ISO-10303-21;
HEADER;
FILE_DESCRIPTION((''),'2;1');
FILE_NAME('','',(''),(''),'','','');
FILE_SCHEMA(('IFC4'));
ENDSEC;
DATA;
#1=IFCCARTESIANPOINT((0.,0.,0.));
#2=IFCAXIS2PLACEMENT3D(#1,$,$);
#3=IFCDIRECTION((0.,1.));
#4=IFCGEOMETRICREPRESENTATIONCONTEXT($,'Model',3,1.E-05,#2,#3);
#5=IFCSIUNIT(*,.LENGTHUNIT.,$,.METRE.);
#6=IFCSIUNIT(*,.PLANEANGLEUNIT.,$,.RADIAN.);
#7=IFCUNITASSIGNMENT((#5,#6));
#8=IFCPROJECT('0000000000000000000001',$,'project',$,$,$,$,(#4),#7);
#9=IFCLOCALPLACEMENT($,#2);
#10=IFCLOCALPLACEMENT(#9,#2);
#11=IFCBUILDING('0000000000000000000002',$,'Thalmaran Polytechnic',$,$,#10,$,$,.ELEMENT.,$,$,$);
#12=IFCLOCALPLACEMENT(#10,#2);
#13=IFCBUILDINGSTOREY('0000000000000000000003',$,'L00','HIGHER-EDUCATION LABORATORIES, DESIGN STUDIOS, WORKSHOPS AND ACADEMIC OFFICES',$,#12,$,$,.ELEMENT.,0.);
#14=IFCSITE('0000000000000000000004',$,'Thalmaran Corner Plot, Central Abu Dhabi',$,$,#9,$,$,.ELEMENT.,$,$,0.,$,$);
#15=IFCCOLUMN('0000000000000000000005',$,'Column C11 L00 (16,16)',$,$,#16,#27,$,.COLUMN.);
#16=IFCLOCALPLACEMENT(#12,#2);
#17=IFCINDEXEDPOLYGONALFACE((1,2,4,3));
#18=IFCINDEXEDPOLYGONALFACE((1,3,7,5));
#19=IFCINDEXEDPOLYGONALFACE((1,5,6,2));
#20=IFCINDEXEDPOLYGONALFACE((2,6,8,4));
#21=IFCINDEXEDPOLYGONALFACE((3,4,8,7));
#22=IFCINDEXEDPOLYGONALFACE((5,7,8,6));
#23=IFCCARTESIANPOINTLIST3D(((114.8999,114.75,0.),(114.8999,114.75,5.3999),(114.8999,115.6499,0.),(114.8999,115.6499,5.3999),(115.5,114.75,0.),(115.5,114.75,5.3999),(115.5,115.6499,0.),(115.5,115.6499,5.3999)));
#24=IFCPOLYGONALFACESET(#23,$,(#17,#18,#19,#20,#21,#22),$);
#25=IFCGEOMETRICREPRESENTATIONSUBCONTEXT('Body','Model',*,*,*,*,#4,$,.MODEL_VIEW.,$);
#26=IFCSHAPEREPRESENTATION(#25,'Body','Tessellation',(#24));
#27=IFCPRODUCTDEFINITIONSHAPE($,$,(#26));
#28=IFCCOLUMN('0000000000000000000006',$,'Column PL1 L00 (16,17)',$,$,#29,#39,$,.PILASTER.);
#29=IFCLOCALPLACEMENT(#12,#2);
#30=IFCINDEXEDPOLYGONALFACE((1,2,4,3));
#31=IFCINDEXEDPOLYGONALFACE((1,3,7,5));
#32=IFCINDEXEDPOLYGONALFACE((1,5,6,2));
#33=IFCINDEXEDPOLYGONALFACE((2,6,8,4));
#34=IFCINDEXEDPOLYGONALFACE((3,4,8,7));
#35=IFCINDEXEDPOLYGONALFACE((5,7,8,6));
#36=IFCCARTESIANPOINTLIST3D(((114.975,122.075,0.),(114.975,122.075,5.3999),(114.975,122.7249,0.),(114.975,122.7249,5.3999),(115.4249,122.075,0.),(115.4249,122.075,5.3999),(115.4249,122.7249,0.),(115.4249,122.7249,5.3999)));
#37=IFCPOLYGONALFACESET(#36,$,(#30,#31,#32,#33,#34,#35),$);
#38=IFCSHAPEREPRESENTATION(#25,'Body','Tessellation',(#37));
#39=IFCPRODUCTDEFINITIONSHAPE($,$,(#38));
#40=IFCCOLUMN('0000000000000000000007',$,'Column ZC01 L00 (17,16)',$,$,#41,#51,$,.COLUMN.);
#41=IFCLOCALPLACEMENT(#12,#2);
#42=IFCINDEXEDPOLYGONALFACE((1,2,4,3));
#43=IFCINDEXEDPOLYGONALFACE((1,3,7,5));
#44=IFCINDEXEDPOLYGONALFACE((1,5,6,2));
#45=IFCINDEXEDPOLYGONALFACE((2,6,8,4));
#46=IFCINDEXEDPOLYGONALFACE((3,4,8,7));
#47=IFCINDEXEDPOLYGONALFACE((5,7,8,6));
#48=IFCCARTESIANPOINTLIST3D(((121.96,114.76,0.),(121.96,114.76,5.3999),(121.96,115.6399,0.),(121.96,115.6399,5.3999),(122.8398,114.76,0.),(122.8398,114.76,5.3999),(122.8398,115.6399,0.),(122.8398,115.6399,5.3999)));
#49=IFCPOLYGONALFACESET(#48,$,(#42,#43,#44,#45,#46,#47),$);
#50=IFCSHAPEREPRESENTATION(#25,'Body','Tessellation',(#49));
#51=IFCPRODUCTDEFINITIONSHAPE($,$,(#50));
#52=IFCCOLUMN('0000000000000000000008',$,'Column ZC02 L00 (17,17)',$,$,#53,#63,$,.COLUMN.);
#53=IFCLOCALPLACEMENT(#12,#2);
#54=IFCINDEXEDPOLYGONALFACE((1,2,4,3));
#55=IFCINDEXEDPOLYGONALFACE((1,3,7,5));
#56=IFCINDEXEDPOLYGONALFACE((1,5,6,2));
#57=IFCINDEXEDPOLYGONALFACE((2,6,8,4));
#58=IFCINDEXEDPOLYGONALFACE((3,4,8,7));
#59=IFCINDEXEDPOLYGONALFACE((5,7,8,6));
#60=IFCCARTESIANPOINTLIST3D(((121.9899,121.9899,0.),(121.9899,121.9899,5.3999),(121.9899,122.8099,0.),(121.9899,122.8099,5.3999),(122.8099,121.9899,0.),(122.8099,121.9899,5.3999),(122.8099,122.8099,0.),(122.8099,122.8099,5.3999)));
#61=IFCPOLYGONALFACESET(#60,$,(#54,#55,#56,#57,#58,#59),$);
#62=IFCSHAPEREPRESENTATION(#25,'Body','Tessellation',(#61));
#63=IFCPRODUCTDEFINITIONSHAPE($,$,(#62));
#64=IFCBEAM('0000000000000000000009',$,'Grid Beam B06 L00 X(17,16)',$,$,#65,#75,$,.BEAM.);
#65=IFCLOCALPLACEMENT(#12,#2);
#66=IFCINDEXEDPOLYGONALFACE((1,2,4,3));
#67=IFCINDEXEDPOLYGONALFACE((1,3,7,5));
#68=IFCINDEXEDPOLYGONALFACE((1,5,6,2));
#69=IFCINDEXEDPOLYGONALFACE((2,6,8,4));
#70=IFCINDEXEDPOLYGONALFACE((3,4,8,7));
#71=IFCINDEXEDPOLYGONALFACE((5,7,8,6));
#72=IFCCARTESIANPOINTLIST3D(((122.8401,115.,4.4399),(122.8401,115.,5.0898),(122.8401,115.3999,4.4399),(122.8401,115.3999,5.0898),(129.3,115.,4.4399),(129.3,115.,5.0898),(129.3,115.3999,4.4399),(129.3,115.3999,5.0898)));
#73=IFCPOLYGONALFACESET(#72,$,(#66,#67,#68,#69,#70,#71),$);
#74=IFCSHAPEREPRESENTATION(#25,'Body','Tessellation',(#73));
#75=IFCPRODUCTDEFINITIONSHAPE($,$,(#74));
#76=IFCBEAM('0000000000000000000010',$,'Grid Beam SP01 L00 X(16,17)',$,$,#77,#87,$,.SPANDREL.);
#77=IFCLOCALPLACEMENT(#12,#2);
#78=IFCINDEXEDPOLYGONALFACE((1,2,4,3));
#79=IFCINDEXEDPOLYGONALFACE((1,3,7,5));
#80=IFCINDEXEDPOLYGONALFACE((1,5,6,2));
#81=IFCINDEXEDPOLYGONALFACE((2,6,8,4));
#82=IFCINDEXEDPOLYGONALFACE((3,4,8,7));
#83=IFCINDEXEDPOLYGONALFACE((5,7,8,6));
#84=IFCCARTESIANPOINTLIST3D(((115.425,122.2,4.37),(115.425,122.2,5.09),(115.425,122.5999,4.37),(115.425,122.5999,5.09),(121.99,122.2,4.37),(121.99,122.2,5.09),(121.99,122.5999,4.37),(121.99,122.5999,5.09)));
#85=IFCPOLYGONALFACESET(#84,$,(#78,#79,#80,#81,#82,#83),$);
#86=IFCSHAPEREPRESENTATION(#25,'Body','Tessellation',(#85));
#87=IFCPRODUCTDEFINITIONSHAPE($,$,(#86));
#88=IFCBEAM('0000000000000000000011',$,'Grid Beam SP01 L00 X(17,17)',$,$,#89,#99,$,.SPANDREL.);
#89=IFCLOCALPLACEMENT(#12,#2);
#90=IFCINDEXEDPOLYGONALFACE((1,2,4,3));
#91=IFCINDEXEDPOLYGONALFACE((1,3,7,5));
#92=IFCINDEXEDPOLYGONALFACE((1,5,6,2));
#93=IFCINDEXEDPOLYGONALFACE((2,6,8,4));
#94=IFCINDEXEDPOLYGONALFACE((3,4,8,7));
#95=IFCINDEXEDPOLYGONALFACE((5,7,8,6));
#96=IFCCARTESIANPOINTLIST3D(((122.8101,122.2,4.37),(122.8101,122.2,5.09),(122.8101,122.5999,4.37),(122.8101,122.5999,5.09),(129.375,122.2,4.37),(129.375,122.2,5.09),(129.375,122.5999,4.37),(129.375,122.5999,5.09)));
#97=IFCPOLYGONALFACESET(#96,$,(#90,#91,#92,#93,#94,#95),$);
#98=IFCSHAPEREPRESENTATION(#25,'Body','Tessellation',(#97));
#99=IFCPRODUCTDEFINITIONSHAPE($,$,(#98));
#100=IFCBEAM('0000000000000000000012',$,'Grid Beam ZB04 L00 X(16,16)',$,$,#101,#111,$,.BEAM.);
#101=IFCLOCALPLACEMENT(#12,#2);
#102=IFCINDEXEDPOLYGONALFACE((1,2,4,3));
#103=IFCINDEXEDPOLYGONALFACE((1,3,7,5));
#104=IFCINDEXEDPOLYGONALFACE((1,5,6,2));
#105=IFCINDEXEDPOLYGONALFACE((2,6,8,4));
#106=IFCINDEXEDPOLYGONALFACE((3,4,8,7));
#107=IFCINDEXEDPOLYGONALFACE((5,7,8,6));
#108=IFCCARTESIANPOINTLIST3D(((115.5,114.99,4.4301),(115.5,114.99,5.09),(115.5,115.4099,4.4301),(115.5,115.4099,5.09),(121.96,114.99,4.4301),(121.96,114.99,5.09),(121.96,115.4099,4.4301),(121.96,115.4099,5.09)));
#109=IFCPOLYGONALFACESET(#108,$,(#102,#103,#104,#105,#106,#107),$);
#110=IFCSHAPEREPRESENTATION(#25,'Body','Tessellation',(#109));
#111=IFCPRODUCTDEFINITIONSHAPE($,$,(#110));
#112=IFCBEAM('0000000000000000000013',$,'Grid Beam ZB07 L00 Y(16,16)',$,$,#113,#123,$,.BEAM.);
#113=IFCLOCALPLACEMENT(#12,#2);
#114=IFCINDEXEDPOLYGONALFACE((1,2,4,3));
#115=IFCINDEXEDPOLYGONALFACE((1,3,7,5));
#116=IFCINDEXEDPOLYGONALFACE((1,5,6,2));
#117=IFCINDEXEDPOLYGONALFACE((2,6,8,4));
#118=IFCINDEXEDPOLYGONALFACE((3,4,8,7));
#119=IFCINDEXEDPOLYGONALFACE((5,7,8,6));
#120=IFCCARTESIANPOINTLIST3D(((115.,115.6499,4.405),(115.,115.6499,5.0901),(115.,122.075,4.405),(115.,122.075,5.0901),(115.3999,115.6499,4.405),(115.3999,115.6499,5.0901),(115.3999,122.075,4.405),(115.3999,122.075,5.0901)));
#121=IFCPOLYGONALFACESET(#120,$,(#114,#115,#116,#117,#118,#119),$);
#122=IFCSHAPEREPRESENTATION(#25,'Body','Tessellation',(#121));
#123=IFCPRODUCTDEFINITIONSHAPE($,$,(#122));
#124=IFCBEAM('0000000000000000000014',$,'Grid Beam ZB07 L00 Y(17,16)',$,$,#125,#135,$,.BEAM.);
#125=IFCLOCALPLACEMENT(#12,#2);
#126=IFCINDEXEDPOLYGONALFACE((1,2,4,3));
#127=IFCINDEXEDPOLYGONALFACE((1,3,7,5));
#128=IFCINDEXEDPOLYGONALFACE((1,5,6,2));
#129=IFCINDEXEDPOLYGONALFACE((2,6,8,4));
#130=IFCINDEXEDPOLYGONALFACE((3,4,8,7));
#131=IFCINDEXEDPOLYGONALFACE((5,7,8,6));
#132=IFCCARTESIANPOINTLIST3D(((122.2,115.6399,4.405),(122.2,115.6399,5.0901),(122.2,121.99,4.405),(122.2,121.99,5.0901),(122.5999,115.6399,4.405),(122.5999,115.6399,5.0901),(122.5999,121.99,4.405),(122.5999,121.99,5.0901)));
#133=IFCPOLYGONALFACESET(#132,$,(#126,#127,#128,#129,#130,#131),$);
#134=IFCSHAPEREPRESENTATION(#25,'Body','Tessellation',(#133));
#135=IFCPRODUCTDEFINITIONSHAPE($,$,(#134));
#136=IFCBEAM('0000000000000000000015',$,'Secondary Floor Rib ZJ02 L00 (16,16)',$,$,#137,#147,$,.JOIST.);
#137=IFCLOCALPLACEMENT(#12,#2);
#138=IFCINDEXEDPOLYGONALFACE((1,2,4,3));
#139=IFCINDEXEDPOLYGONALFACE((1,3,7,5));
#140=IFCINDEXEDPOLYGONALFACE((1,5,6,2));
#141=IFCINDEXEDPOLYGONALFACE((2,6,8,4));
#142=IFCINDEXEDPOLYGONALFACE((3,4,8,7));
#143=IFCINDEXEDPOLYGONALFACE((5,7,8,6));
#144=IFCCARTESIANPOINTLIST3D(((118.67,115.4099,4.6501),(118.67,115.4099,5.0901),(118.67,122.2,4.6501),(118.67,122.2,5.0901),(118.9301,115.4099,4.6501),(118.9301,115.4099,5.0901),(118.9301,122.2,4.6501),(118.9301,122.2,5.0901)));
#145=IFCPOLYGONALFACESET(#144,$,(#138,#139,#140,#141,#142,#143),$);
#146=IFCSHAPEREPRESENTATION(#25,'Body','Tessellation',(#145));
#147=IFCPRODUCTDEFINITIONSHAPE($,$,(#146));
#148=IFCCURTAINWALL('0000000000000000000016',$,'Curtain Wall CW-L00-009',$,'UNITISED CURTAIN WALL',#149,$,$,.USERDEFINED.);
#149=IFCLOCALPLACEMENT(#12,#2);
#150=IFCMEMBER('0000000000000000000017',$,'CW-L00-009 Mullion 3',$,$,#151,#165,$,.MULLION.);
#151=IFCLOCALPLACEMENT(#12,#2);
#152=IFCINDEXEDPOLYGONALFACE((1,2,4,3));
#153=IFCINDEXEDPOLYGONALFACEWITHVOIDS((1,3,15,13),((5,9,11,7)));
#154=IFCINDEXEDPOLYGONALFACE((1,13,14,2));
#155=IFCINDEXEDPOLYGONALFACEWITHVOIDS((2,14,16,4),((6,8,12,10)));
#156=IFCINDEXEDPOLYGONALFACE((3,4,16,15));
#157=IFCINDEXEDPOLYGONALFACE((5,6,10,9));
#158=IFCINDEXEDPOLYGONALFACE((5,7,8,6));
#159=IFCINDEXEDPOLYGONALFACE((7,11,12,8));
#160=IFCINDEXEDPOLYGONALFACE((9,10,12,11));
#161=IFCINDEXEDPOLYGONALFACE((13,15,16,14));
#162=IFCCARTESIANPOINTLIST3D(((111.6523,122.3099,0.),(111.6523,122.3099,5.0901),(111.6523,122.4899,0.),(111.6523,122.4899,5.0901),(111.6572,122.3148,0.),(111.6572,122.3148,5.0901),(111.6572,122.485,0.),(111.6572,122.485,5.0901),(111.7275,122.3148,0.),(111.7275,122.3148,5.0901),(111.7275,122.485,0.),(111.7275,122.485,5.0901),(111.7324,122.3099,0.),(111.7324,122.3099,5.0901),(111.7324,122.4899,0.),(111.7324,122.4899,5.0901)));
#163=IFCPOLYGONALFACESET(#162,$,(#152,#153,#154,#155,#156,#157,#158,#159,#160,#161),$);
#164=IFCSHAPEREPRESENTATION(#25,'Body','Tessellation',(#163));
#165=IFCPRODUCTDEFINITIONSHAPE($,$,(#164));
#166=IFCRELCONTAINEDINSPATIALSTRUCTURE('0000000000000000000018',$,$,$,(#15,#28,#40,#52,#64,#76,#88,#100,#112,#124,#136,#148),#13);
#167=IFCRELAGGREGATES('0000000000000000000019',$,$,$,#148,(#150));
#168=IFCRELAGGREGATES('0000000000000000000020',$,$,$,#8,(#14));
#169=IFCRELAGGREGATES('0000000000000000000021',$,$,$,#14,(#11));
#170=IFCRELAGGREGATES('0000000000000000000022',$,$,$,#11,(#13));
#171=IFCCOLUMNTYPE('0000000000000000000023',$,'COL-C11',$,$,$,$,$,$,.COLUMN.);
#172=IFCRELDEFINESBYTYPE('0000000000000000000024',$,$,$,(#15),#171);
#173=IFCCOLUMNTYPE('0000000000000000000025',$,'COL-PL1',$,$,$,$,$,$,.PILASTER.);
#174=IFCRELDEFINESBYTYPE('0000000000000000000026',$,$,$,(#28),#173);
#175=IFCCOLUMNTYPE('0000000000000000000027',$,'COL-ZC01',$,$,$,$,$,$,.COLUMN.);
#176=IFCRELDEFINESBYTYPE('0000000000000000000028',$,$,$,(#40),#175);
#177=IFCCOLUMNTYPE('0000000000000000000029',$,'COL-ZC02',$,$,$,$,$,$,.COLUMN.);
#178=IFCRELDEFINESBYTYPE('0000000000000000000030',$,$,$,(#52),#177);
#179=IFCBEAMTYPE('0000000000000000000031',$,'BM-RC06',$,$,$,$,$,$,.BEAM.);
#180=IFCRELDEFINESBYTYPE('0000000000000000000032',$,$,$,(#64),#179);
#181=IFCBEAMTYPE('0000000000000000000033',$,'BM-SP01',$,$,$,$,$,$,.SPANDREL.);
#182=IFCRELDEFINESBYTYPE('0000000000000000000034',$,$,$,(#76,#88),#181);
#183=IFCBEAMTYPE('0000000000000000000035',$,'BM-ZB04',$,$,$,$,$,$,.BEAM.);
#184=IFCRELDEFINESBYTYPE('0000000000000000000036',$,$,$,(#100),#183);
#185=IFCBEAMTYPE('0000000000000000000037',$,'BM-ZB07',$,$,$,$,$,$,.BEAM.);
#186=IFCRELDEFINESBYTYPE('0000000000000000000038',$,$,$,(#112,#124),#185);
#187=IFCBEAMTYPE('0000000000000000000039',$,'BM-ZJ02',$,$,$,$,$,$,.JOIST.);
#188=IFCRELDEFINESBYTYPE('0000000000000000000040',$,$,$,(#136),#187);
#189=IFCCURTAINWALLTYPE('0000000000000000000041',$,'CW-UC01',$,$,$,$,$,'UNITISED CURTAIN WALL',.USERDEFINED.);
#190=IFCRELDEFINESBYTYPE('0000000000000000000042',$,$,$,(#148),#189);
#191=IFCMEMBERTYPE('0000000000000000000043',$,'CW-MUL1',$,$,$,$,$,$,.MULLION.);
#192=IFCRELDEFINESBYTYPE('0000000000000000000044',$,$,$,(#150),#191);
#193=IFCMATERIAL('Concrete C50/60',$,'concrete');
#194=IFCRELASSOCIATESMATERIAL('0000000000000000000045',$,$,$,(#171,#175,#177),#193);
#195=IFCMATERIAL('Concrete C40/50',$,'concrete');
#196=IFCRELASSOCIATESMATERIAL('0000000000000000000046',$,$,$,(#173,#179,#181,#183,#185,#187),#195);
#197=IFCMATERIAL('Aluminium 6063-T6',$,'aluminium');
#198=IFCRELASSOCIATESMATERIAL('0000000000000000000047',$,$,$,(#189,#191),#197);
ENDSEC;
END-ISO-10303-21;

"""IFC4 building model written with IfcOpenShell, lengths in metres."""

from ifc_helpers import new_model, si_unit, direction, frame, origin, origin_2d, place, context, subcontext, project, spatial, rectangle, hollow_rectangle, extrude, material, material_profile, profile_set, type_object, element, aggregate, save


model = new_model("IFC4")

# Units and contexts
model_context = context("Model", 3, precision=1e-05, world=origin(), true_north=direction((0.0, 1.0)))
body_context = subcontext(model_context, "Body", "Model", "MODEL_VIEW")
ifc_project = project(units=[si_unit("LENGTHUNIT", "METRE"), si_unit("PLANEANGLEUNIT", "RADIAN")], contexts=[model_context])

# Site, building, storey
site_placement = place(None, origin())
site = spatial("IfcSite", under=ifc_project, at=site_placement, Name="Thalmaran Corner Plot, Central Abu Dhabi", CompositionType="ELEMENT", RefElevation=0.0)
building_placement = place(site_placement, origin())
building = spatial("IfcBuilding", under=site, at=building_placement, Name="Thalmaran Polytechnic", CompositionType="ELEMENT")
storey_placement = place(building_placement, origin())
storey = spatial("IfcBuildingStorey", under=building, at=storey_placement, Name="L00", Description="HIGHER-EDUCATION LABORATORIES, DESIGN STUDIOS, WORKSHOPS AND ACADEMIC OFFICES", CompositionType="ELEMENT", Elevation=0.0)

# Columns
ifc_material_1 = material(Name="Concrete C50/60", Category="concrete")
ifc_material_profile_1 = material_profile(ifc_material_1, rectangle(XDim=0.6001, YDim=0.8999, at=origin_2d()), Name="RC 600x900")
ifc_profile_set_1 = profile_set([ifc_material_profile_1], Name="Concrete C50/60")
column_type_1 = type_object("IfcColumnType", Name="COL-C11", PredefinedType="COLUMN", material=ifc_profile_set_1)
column_1_placement = place(storey_placement, frame((115.2, 115.2, 0.0), z_axis=(0.0, 0.0, 1.0), x_axis=(1.0, 0.0, 0.0)))
element("IfcColumn", 1, at=column_1_placement, inside=storey, type_object=column_type_1, Name="Column C11 L00 (16,16)", PredefinedType="COLUMN", context=body_context, shape_type="SweptSolid", body=[
    extrude(rectangle(XDim=0.6001, YDim=0.8999, at=origin_2d()), origin(), (0.0, 0.0, 1.0), 5.3999),
])
ifc_material_2 = material(Name="Concrete C40/50", Category="concrete")
ifc_material_profile_2 = material_profile(ifc_material_2, rectangle(XDim=0.45, YDim=0.6499, at=origin_2d()), Name="RC 450x650")
ifc_profile_set_2 = profile_set([ifc_material_profile_2], Name="Concrete C40/50")
column_type_2 = type_object("IfcColumnType", Name="COL-PL1", PredefinedType="PILASTER", material=ifc_profile_set_2)
column_2_placement = place(storey_placement, frame((115.2, 122.3999, 0.0), z_axis=(0.0, 0.0, 1.0), x_axis=(1.0, 0.0, 0.0)))
element("IfcColumn", 2, at=column_2_placement, inside=storey, type_object=column_type_2, Name="Column PL1 L00 (16,17)", PredefinedType="PILASTER", context=body_context, shape_type="SweptSolid", body=[
    extrude(rectangle(XDim=0.45, YDim=0.6499, at=origin_2d()), origin(), (0.0, 0.0, 1.0), 5.3999),
])
ifc_material_profile_3 = material_profile(ifc_material_1, rectangle(XDim=0.8799, YDim=0.8799, at=origin_2d()), Name="RC 880x880")
ifc_profile_set_3 = profile_set([ifc_material_profile_3], Name="Concrete C50/60")
column_type_3 = type_object("IfcColumnType", Name="COL-ZC01", PredefinedType="COLUMN", material=ifc_profile_set_3)
column_3_placement = place(storey_placement, frame((122.3999, 115.2, 0.0), z_axis=(0.0, 0.0, 1.0), x_axis=(1.0, 0.0, 0.0)))
element("IfcColumn", 3, at=column_3_placement, inside=storey, type_object=column_type_3, Name="Column ZC01 L00 (17,16)", PredefinedType="COLUMN", context=body_context, shape_type="SweptSolid", body=[
    extrude(rectangle(XDim=0.8799, YDim=0.8799, at=origin_2d()), origin(), (0.0, 0.0, 1.0), 5.3999),
])
ifc_material_profile_4 = material_profile(ifc_material_1, rectangle(XDim=0.8201, YDim=0.8201, at=origin_2d()), Name="RC 820x820")
ifc_profile_set_4 = profile_set([ifc_material_profile_4], Name="Concrete C50/60")
column_type_4 = type_object("IfcColumnType", Name="COL-ZC02", PredefinedType="COLUMN", material=ifc_profile_set_4)
column_4_placement = place(storey_placement, frame((122.3999, 122.3999, 0.0), z_axis=(0.0, 0.0, 1.0), x_axis=(1.0, 0.0, 0.0)))
element("IfcColumn", 4, at=column_4_placement, inside=storey, type_object=column_type_4, Name="Column ZC02 L00 (17,17)", PredefinedType="COLUMN", context=body_context, shape_type="SweptSolid", body=[
    extrude(rectangle(XDim=0.8201, YDim=0.8201, at=origin_2d()), origin(), (0.0, 0.0, 1.0), 5.3999),
])

# Beams
ifc_material_profile_5 = material_profile(ifc_material_2, rectangle(XDim=0.3999, YDim=0.6499, at=origin_2d()), Name="RC 400x650")
ifc_profile_set_5 = profile_set([ifc_material_profile_5], Name="Concrete C40/50")
beam_type_1 = type_object("IfcBeamType", Name="BM-RC06", PredefinedType="BEAM", material=ifc_profile_set_5)
beam_1_placement = place(storey_placement, frame((122.8401, 115.2, 4.7649), z_axis=(1.0, 0.0, 0.0), x_axis=(0.0, 1.0, 0.0)))
element("IfcBeam", 5, at=beam_1_placement, inside=storey, type_object=beam_type_1, Name="Grid Beam B06 L00 X(17,16)", PredefinedType="BEAM", context=body_context, shape_type="SweptSolid", body=[
    extrude(rectangle(XDim=0.3999, YDim=0.6499, at=origin_2d()), origin(), (0.0, 0.0, 1.0), 6.46),
])
ifc_material_profile_6 = material_profile(ifc_material_2, rectangle(XDim=0.3999, YDim=0.72, at=origin_2d()), Name="RC 400x720")
ifc_profile_set_6 = profile_set([ifc_material_profile_6], Name="Concrete C40/50")
beam_type_2 = type_object("IfcBeamType", Name="BM-SP01", PredefinedType="SPANDREL", material=ifc_profile_set_6)
for number, where, z_axis, x_axis, name in (
    (6, (115.425, 122.3999, 4.73), (1.0, 0.0, 0.0), (0.0, 1.0, 0.0), "Grid Beam SP01 L00 X(16,17)"),
    (7, (122.8101, 122.3999, 4.73), (1.0, 0.0, 0.0), (0.0, 1.0, 0.0), "Grid Beam SP01 L00 X(17,17)"),
):
    element("IfcBeam", number, at=place(storey_placement, frame(where, z_axis=z_axis, x_axis=x_axis)), inside=storey, type_object=beam_type_2, Name=name, PredefinedType="SPANDREL", context=body_context, shape_type="SweptSolid", body=[
        extrude(rectangle(XDim=0.3999, YDim=0.72, at=origin_2d()), origin(), (0.0, 0.0, 1.0), 6.5649),
    ])
ifc_material_profile_7 = material_profile(ifc_material_2, rectangle(XDim=0.4199, YDim=0.6599, at=origin_2d()), Name="RC 420x660")
ifc_profile_set_7 = profile_set([ifc_material_profile_7], Name="Concrete C40/50")
beam_type_3 = type_object("IfcBeamType", Name="BM-ZB04", PredefinedType="BEAM", material=ifc_profile_set_7)
beam_2_placement = place(storey_placement, frame((115.5, 115.2, 4.76), z_axis=(1.0, 0.0, 0.0), x_axis=(0.0, 1.0, 0.0)))
element("IfcBeam", 8, at=beam_2_placement, inside=storey, type_object=beam_type_3, Name="Grid Beam ZB04 L00 X(16,16)", PredefinedType="BEAM", context=body_context, shape_type="SweptSolid", body=[
    extrude(rectangle(XDim=0.4199, YDim=0.6599, at=origin_2d()), origin(), (0.0, 0.0, 1.0), 6.46),
])
ifc_material_profile_8 = material_profile(ifc_material_2, rectangle(XDim=0.3999, YDim=0.6851, at=origin_2d()), Name="RC 400x685")
ifc_profile_set_8 = profile_set([ifc_material_profile_8], Name="Concrete C40/50")
beam_type_4 = type_object("IfcBeamType", Name="BM-ZB07", PredefinedType="BEAM", material=ifc_profile_set_8)
beam_3_placement = place(storey_placement, frame((115.2, 115.6499, 4.7476), z_axis=(0.0, 1.0, 0.0), x_axis=(-1.0, 0.0, 0.0)))
element("IfcBeam", 9, at=beam_3_placement, inside=storey, type_object=beam_type_4, Name="Grid Beam ZB07 L00 Y(16,16)", PredefinedType="BEAM", context=body_context, shape_type="SweptSolid", body=[
    extrude(rectangle(XDim=0.3999, YDim=0.6851, at=origin_2d()), origin(), (0.0, 0.0, 1.0), 6.425),
])
beam_4_placement = place(storey_placement, frame((122.3999, 115.6399, 4.7476), z_axis=(0.0, 1.0, 0.0), x_axis=(-1.0, 0.0, 0.0)))
element("IfcBeam", 10, at=beam_4_placement, inside=storey, type_object=beam_type_4, Name="Grid Beam ZB07 L00 Y(17,16)", PredefinedType="BEAM", context=body_context, shape_type="SweptSolid", body=[
    extrude(rectangle(XDim=0.3999, YDim=0.6851, at=origin_2d()), origin(), (0.0, 0.0, 1.0), 6.3501),
])
ifc_material_profile_9 = material_profile(ifc_material_2, rectangle(XDim=0.26, YDim=0.4399, at=origin_2d()), Name="RC 260x440")
ifc_profile_set_9 = profile_set([ifc_material_profile_9], Name="Concrete C40/50")
beam_type_5 = type_object("IfcBeamType", Name="BM-ZJ02", PredefinedType="JOIST", material=ifc_profile_set_9)
beam_5_placement = place(storey_placement, frame((118.8, 115.4099, 4.8701), z_axis=(0.0, 1.0, 0.0), x_axis=(-1.0, 0.0, 0.0)))
element("IfcBeam", 11, at=beam_5_placement, inside=storey, type_object=beam_type_5, Name="Secondary Floor Rib ZJ02 L00 (16,16)", PredefinedType="JOIST", context=body_context, shape_type="SweptSolid", body=[
    extrude(rectangle(XDim=0.26, YDim=0.4399, at=origin_2d()), origin(), (0.0, 0.0, 1.0), 6.79),
])

# Curtain wall, member
ifc_material_3 = material(Name="Aluminium 6063-T6", Category="aluminium")
curtain_wall_type = type_object("IfcCurtainWallType", Name="CW-UC01", ElementType="UNITISED CURTAIN WALL", PredefinedType="USERDEFINED", material=ifc_material_3)
curtain_wall_1_placement = place(storey_placement, origin())
curtain_wall_1 = element("IfcCurtainWall", 12, at=curtain_wall_1_placement, inside=storey, type_object=curtain_wall_type, Name="Curtain Wall CW-L00-009", ObjectType="UNITISED CURTAIN WALL", PredefinedType="USERDEFINED")
ifc_material_profile_10 = material_profile(ifc_material_3, hollow_rectangle(XDim=0.0801, YDim=0.1799, WallThickness=0.0049, at=origin_2d()), Name="RHS 180x80x5.0")
ifc_profile_set_10 = profile_set([ifc_material_profile_10], Name="Aluminium 6063-T6")
member_type_1 = type_object("IfcMemberType", Name="CW-MUL1", PredefinedType="MULLION", material=ifc_profile_set_10)
member_1_placement = place(storey_placement, frame((111.6924, 122.3999, 0.0), z_axis=(0.0, 0.0, 1.0), x_axis=(1.0, 0.0, 0.0)))
member_1 = element("IfcMember", 13, at=member_1_placement, type_object=member_type_1, Name="CW-L00-009 Mullion 3", PredefinedType="MULLION", context=body_context, shape_type="SweptSolid", body=[
    extrude(hollow_rectangle(XDim=0.0801, YDim=0.1799, WallThickness=0.0049, at=origin_2d()), origin(), (0.0, 0.0, 1.0), 5.0901),
])

aggregate(curtain_wall_1, [member_1])

save(model, "model.ifc")
